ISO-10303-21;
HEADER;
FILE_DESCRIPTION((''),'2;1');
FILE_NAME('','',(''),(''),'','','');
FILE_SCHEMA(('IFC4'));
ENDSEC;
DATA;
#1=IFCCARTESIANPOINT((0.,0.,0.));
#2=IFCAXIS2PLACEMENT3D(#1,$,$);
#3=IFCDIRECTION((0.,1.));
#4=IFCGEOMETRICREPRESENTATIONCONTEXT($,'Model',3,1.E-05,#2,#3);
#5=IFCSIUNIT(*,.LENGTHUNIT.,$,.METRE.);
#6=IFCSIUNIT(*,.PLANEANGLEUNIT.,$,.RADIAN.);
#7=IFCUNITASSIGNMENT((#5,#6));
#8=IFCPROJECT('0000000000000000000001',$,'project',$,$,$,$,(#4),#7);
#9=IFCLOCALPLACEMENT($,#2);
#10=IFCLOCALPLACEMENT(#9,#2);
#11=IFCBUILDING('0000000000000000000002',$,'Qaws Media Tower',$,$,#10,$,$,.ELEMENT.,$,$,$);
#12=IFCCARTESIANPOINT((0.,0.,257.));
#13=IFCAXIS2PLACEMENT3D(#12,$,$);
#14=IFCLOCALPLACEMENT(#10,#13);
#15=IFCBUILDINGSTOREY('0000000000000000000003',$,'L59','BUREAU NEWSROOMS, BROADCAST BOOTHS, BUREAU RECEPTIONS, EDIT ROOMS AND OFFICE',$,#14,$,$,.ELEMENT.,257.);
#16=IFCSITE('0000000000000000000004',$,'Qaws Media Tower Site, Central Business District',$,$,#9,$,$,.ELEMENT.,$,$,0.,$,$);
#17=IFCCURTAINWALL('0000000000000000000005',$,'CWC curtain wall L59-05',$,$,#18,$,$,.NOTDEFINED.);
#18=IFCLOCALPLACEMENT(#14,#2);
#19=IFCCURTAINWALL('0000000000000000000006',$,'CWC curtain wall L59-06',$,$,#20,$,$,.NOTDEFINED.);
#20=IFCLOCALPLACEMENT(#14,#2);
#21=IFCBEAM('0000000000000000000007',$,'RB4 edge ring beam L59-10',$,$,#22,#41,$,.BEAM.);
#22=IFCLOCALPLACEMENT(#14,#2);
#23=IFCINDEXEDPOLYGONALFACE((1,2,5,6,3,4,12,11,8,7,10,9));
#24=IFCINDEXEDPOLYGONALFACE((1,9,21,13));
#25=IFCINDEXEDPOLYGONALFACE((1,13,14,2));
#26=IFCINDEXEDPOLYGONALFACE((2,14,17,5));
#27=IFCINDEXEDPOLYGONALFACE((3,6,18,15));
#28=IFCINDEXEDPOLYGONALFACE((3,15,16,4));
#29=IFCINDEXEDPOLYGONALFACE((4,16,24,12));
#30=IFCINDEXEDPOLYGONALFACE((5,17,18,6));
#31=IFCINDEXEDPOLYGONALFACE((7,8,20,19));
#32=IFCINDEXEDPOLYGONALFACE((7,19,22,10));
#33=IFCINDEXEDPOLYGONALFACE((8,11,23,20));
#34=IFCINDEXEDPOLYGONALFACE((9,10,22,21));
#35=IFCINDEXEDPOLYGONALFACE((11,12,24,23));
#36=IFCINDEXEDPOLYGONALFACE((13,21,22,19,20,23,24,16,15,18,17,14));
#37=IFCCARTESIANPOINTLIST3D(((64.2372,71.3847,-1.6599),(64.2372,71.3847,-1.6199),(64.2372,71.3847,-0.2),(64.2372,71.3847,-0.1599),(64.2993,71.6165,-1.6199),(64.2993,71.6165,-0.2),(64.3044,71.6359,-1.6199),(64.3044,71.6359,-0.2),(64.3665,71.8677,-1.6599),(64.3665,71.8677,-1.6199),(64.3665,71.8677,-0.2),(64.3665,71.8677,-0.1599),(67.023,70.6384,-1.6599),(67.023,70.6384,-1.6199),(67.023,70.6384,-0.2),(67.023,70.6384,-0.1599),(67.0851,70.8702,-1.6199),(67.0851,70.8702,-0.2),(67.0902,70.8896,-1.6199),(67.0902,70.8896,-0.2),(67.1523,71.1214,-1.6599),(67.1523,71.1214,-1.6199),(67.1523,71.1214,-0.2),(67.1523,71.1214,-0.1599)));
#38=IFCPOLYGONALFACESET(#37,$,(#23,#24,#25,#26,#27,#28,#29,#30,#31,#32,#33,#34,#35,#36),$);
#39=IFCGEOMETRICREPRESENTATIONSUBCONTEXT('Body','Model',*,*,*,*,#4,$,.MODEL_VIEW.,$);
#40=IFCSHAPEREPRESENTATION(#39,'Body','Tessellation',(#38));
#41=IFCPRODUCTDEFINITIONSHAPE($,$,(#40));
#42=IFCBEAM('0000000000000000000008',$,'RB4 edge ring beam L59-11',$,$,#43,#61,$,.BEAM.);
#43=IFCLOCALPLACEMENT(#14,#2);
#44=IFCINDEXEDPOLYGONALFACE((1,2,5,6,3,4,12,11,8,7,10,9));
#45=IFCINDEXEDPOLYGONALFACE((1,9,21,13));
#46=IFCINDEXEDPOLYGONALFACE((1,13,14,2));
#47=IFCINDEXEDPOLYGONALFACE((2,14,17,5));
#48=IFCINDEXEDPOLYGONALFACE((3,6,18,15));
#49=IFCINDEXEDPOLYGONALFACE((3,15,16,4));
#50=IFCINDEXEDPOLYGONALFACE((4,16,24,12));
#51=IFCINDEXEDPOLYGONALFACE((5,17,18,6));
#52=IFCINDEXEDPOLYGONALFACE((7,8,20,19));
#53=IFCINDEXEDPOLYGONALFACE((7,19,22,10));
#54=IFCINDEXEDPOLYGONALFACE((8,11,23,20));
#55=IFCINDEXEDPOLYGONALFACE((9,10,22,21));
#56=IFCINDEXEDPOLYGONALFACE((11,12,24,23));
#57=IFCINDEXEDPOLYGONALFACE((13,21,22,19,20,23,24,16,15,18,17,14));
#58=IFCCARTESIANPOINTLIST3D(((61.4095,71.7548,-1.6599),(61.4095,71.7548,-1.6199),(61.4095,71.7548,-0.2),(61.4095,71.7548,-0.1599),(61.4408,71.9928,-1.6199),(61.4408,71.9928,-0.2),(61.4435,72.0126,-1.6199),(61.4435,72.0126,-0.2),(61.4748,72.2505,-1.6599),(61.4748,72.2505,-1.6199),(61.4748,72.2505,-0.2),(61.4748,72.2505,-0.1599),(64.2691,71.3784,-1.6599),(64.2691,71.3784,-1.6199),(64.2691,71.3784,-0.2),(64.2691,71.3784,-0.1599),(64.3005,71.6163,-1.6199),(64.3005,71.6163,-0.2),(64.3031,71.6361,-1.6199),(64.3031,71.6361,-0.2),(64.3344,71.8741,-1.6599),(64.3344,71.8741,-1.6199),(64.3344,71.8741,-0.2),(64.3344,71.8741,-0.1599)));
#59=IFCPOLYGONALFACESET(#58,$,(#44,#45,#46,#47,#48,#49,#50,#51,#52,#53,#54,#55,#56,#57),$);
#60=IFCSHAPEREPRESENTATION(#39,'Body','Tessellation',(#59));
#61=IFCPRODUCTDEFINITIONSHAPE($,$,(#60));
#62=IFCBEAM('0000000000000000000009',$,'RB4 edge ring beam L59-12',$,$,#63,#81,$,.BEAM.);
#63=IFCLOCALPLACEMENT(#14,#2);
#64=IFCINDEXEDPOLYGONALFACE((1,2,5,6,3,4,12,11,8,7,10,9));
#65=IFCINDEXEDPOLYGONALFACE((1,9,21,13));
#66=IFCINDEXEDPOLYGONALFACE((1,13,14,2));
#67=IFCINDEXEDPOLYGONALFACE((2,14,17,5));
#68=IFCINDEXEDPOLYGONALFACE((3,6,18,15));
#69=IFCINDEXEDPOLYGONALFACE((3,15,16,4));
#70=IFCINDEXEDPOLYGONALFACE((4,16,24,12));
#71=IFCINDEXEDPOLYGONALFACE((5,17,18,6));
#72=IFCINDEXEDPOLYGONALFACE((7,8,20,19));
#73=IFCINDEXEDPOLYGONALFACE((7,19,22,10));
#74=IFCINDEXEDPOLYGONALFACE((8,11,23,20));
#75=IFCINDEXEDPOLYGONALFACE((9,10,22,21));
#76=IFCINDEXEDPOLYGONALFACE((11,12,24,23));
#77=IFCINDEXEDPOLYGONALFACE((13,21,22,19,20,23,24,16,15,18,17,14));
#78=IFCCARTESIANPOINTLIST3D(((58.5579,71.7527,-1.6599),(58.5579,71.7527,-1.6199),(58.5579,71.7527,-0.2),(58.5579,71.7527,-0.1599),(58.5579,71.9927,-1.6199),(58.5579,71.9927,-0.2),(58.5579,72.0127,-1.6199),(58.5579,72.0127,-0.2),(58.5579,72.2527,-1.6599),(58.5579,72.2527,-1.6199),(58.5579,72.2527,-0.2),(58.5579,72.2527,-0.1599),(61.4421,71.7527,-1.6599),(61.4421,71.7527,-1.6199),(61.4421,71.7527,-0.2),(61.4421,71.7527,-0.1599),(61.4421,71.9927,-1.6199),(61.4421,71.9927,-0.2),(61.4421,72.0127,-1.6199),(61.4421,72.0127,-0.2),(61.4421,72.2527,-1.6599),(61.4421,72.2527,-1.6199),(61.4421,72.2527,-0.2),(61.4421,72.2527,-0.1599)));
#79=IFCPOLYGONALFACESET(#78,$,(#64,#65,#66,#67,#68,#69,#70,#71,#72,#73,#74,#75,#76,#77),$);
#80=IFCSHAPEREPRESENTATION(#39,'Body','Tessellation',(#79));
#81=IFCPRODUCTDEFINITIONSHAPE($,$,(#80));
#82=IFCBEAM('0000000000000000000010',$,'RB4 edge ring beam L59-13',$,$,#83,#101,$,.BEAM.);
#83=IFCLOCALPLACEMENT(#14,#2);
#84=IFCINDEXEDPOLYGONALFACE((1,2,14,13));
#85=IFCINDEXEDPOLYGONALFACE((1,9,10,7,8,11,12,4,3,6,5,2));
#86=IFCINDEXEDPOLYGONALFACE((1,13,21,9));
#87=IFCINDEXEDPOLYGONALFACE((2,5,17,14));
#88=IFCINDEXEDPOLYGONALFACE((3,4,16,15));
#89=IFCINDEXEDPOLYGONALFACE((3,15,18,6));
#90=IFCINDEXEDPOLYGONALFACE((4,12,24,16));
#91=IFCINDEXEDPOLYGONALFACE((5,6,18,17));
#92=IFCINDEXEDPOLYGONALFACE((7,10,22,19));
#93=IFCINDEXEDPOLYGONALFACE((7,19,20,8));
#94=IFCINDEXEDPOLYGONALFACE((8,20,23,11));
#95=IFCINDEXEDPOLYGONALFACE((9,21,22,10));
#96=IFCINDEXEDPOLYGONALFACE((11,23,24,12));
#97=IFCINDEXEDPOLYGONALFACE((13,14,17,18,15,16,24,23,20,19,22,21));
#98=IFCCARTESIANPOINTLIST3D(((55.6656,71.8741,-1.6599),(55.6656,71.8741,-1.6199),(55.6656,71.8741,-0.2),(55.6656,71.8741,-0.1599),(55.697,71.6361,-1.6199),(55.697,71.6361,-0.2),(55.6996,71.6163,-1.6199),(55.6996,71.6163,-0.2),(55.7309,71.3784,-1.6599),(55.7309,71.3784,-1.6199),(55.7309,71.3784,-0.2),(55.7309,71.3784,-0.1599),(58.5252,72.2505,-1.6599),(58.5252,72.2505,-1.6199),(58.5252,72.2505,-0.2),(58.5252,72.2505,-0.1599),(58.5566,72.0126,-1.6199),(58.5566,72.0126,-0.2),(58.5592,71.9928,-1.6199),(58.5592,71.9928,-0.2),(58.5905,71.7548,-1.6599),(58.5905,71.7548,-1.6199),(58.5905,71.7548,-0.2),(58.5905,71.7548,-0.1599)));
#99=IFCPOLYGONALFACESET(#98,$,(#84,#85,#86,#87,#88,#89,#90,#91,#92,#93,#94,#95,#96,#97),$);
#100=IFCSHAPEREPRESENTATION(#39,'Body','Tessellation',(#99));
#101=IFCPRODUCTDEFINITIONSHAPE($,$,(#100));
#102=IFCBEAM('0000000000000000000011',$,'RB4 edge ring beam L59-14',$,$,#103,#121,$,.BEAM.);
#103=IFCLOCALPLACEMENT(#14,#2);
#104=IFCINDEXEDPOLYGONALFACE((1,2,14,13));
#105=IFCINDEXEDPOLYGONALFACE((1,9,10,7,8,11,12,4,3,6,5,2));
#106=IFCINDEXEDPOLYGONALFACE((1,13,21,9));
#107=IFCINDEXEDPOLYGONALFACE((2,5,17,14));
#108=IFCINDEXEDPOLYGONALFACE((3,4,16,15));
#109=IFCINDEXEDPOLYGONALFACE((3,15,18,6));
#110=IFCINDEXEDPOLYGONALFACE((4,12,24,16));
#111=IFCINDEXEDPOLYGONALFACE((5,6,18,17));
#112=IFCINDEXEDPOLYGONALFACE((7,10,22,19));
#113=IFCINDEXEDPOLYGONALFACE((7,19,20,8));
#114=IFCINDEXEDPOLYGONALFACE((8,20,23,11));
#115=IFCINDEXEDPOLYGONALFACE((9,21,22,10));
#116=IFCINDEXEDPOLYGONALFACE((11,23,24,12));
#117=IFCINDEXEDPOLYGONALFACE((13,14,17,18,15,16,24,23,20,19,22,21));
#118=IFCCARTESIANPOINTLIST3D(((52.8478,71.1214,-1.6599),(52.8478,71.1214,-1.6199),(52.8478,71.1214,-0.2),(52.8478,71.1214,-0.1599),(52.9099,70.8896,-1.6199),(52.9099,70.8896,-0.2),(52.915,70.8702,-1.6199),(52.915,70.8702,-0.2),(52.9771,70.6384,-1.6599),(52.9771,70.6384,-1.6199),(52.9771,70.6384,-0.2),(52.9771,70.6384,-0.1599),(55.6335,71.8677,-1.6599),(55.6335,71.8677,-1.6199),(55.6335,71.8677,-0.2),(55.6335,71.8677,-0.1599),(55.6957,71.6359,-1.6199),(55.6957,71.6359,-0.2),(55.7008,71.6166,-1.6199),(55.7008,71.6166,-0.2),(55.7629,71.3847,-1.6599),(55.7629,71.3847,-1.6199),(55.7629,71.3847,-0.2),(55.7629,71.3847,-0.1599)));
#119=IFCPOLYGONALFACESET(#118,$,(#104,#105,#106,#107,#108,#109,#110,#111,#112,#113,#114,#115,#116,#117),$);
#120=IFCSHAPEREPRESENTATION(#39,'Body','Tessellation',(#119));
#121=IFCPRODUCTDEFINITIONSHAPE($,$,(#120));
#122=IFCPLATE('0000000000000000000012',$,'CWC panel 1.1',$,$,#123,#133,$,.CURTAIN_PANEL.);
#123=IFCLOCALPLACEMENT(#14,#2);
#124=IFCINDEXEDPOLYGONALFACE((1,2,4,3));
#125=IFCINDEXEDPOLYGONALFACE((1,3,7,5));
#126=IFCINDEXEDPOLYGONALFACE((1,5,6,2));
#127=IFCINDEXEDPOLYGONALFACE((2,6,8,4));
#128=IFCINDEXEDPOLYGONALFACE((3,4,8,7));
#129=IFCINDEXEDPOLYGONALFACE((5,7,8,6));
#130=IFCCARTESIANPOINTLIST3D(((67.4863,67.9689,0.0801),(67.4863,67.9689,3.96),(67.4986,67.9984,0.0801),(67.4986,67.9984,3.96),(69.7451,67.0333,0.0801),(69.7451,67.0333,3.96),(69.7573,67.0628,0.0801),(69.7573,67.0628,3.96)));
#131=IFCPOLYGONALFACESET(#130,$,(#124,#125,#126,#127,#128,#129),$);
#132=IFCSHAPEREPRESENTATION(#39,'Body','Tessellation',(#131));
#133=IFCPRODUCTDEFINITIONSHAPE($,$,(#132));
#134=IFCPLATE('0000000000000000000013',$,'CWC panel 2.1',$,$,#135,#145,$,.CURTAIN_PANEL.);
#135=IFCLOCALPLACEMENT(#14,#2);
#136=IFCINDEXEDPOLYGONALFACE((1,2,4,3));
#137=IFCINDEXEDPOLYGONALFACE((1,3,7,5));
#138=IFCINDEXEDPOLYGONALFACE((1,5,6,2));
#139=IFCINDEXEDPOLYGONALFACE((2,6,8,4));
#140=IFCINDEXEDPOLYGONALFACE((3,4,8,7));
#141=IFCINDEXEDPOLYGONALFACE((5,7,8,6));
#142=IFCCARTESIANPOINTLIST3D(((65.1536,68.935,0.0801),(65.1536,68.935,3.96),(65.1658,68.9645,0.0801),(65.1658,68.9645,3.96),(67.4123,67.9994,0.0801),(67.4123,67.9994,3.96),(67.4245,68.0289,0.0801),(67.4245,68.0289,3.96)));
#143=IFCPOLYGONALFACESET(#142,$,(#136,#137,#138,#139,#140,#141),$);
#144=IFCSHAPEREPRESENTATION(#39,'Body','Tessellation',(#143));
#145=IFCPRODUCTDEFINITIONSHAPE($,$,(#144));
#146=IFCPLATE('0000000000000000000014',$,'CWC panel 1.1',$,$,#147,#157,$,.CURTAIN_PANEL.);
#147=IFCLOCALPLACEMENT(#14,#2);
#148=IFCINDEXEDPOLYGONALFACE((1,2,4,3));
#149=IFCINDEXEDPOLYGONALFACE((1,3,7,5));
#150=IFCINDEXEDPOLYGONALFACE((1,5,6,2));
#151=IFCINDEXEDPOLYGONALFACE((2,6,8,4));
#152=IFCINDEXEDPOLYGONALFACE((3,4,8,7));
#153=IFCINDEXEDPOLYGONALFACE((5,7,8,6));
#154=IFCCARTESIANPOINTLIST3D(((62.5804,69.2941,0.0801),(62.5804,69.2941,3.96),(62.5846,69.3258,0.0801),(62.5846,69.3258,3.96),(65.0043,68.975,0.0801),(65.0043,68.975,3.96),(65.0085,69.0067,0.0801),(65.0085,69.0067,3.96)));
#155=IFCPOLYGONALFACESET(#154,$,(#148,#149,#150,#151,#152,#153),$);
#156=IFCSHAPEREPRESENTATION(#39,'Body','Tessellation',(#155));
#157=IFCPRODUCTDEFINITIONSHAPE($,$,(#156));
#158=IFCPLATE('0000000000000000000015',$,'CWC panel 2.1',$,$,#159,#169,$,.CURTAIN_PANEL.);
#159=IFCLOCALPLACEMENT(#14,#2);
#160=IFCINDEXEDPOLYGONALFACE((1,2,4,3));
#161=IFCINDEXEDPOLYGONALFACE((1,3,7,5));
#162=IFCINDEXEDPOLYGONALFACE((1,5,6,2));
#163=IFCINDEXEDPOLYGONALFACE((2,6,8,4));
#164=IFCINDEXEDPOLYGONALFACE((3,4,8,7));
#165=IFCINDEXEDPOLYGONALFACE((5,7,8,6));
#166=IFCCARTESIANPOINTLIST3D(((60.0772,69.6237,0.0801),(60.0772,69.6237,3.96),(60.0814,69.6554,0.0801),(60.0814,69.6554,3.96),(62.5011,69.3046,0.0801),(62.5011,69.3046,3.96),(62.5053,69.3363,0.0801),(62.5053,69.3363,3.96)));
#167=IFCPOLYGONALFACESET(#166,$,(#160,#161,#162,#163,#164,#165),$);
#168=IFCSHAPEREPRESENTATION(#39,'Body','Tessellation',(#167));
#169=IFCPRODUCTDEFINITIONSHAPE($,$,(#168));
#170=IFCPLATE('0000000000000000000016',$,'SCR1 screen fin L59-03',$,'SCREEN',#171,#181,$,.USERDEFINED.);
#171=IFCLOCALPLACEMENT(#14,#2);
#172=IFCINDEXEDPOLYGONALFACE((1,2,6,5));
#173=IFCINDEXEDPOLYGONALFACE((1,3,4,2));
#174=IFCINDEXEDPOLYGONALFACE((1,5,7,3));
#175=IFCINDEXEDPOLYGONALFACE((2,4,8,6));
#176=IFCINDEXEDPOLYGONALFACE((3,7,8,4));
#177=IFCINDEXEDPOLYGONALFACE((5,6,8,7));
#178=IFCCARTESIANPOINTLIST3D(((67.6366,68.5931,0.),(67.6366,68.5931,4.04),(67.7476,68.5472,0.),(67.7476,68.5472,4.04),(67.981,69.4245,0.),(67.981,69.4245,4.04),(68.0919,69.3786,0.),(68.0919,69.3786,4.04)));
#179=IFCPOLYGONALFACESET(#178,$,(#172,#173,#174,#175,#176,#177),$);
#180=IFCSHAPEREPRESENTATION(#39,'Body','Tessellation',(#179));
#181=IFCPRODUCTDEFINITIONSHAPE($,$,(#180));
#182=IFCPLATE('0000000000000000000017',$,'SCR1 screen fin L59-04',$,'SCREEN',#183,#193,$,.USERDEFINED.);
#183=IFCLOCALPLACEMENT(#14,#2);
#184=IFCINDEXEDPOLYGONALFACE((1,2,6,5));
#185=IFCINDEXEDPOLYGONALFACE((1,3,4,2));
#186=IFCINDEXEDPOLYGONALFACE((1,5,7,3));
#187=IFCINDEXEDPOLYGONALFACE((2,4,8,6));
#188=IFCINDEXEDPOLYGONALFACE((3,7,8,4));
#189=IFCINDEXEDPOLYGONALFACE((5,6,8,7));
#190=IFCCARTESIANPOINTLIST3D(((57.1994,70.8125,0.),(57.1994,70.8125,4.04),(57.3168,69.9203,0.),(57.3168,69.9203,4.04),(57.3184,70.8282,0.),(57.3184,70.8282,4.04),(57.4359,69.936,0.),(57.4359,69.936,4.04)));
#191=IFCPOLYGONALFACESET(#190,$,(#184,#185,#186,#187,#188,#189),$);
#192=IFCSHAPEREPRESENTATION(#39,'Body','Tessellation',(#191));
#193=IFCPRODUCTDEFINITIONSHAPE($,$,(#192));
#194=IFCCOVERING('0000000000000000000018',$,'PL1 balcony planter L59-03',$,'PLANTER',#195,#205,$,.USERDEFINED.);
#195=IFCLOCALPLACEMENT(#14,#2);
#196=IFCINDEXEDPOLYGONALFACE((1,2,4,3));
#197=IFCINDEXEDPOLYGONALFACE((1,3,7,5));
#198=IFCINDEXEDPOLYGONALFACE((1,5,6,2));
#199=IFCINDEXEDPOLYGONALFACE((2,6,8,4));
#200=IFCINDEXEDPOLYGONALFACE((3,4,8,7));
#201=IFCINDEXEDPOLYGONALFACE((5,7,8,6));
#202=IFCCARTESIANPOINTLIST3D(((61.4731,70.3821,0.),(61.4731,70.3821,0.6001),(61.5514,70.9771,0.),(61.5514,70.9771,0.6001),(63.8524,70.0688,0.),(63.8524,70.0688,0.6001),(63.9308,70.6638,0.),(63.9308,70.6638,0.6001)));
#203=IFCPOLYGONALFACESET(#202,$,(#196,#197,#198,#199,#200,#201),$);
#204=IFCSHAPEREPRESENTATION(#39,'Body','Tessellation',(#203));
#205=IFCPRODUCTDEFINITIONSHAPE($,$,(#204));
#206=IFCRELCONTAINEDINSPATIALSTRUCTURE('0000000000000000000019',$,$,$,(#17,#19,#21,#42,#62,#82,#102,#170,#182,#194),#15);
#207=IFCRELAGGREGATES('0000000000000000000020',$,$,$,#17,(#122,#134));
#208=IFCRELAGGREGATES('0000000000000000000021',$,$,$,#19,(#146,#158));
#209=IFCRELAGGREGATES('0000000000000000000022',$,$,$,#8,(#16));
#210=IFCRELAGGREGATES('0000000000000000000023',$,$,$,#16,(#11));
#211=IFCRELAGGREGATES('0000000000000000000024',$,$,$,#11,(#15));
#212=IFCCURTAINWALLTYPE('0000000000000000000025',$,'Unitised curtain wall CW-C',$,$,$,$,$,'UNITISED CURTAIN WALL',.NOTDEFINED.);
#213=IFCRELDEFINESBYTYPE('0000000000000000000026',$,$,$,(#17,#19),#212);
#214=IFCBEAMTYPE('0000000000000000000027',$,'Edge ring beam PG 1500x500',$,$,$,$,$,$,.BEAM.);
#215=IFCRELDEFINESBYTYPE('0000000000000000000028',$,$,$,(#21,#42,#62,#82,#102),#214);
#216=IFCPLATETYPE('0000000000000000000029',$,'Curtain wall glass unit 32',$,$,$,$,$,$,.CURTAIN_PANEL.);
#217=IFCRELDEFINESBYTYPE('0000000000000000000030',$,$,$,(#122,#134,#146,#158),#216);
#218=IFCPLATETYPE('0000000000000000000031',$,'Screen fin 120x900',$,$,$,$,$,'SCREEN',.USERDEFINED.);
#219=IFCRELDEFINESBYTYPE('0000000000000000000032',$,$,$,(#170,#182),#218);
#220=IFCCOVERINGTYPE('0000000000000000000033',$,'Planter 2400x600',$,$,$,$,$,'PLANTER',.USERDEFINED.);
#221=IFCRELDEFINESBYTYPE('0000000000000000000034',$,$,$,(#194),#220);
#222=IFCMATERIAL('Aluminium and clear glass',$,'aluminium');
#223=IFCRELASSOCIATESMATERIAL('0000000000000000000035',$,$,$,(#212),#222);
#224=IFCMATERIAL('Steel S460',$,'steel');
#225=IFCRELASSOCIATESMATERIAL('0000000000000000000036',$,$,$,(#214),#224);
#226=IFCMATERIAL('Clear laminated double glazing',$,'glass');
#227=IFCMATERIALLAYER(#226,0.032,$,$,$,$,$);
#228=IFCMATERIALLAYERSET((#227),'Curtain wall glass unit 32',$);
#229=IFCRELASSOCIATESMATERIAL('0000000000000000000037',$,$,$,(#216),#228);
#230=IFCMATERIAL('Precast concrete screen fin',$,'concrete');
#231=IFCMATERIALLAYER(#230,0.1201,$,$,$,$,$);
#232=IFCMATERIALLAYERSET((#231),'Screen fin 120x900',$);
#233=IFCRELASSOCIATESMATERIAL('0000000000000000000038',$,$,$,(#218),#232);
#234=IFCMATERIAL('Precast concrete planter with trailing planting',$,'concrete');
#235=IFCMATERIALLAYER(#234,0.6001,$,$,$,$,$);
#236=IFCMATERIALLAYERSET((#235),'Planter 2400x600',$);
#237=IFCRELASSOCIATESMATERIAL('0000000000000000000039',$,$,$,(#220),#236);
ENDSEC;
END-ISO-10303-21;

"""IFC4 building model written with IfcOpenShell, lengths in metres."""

from ifc_helpers import new_model, si_unit, direction, frame, origin, origin_2d, place, context, subcontext, project, spatial, rectangle, i_section, extrude, material, layer, layer_set, material_profile, profile_set, type_object, element, aggregate, save


model = new_model("IFC4")

# Units and contexts
model_context = context("Model", 3, precision=1e-05, world=origin(), true_north=direction((0.0, 1.0)))
body_context = subcontext(model_context, "Body", "Model", "MODEL_VIEW")
ifc_project = project(units=[si_unit("LENGTHUNIT", "METRE"), si_unit("PLANEANGLEUNIT", "RADIAN")], contexts=[model_context])

# Site, building, storey
site_placement = place(None, origin())
site = spatial("IfcSite", under=ifc_project, at=site_placement, Name="Qaws Media Tower Site, Central Business District", CompositionType="ELEMENT", RefElevation=0.0)
building_placement = place(site_placement, origin())
building = spatial("IfcBuilding", under=site, at=building_placement, Name="Qaws Media Tower", CompositionType="ELEMENT")
storey_placement = place(building_placement, frame((0.0, 0.0, 257.0)))
storey = spatial("IfcBuildingStorey", under=building, at=storey_placement, Name="L59", Description="BUREAU NEWSROOMS, BROADCAST BOOTHS, BUREAU RECEPTIONS, EDIT ROOMS AND OFFICE", CompositionType="ELEMENT", Elevation=257.0)

# Curtain walls
ifc_material_1 = material(Name="Aluminium and clear glass", Category="aluminium")
curtain_wall_type = type_object("IfcCurtainWallType", Name="Unitised curtain wall CW-C", ElementType="UNITISED CURTAIN WALL", PredefinedType="NOTDEFINED", material=ifc_material_1)
curtain_wall_1_placement = place(storey_placement, origin())
curtain_wall_1 = element("IfcCurtainWall", 1, at=curtain_wall_1_placement, inside=storey, type_object=curtain_wall_type, Name="CWC curtain wall L59-05", PredefinedType="NOTDEFINED")
curtain_wall_2_placement = place(storey_placement, origin())
curtain_wall_2 = element("IfcCurtainWall", 2, at=curtain_wall_2_placement, inside=storey, type_object=curtain_wall_type, Name="CWC curtain wall L59-06", PredefinedType="NOTDEFINED")

# Beams
ifc_material_2 = material(Name="Steel S460", Category="steel")
ifc_material_profile_1 = material_profile(ifc_material_2, i_section(OverallWidth=0.5, OverallDepth=1.5, WebThickness=0.02, FlangeThickness=0.04, at=origin_2d()), Name="PG 1500x500")
ifc_profile_set_1 = profile_set([ifc_material_profile_1], Name="Steel S460")
beam_type = type_object("IfcBeamType", Name="Edge ring beam PG 1500x500", PredefinedType="BEAM", material=ifc_profile_set_1)
beam_1_placement = place(storey_placement, frame((67.0876, 70.8799, -0.9099), z_axis=(-0.965938, 0.258774, 0.0), x_axis=(-0.258774, -0.965938, 0.0)))
element("IfcBeam", 3, at=beam_1_placement, inside=storey, type_object=beam_type, Name="RB4 edge ring beam L59-10", PredefinedType="BEAM", context=body_context, shape_type="SweptSolid", body=[
    extrude(i_section(OverallWidth=0.5, OverallDepth=1.5, WebThickness=0.02, FlangeThickness=0.04, at=origin_2d()), origin(), (0.0, 0.0, 1.0), 2.884),
])
for number, where, z_axis, x_axis, name in (
    (4, (64.3018, 71.6262, -0.9099), (-0.991445, 0.130522, 0.0), (-0.130522, -0.991445, 0.0), "RB4 edge ring beam L59-11"),
    (5, (61.4421, 72.0027, -0.9099), (-1.0, 0.0, 0.0), (0.0, -1.0, 0.0), "RB4 edge ring beam L59-12"),
    (6, (58.5579, 72.0027, -0.9099), (-0.991445, -0.130522, 0.0), (0.130522, -0.991445, 0.0), "RB4 edge ring beam L59-13"),
):
    element("IfcBeam", number, at=place(storey_placement, frame(where, z_axis=z_axis, x_axis=x_axis)), inside=storey, type_object=beam_type, Name=name, PredefinedType="BEAM", context=body_context, shape_type="SweptSolid", body=[
        extrude(i_section(OverallWidth=0.5, OverallDepth=1.5, WebThickness=0.02, FlangeThickness=0.04, at=origin_2d()), origin(), (0.0, 0.0, 1.0), 2.8843),
    ])
beam_2_placement = place(storey_placement, frame((55.6982, 71.6262, -0.9099), z_axis=(-0.965938, -0.258774, 0.0), x_axis=(0.258774, -0.965938, 0.0)))
element("IfcBeam", 7, at=beam_2_placement, inside=storey, type_object=beam_type, Name="RB4 edge ring beam L59-14", PredefinedType="BEAM", context=body_context, shape_type="SweptSolid", body=[
    extrude(i_section(OverallWidth=0.5, OverallDepth=1.5, WebThickness=0.02, FlangeThickness=0.04, at=origin_2d()), origin(), (0.0, 0.0, 1.0), 2.884),
])

# Plates
ifc_material_3 = material(Name="Clear laminated double glazing", Category="glass")
ifc_layer_1 = layer(ifc_material_3, 0.032)
ifc_layer_set_1 = layer_set([ifc_layer_1], Name="Curtain wall glass unit 32")
plate_type_1 = type_object("IfcPlateType", Name="Curtain wall glass unit 32", PredefinedType="CURTAIN_PANEL", material=ifc_layer_set_1)
plate_1_placement = place(storey_placement, frame((68.6218, 67.5159, 0.0801), z_axis=(0.0, 0.0, 1.0), x_axis=(-0.92388, 0.382683, 0.0)))
plate_1 = element("IfcPlate", 8, at=plate_1_placement, type_object=plate_type_1, Name="CWC panel 1.1", PredefinedType="CURTAIN_PANEL", context=body_context, shape_type="SweptSolid", body=[
    extrude(rectangle(XDim=2.4448, YDim=0.032, at=origin_2d()), origin(), (0.0, 0.0, 1.0), 3.8799),
])
plate_2_placement = place(storey_placement, frame((66.2891, 68.4819, 0.0801), z_axis=(0.0, 0.0, 1.0), x_axis=(-0.92388, 0.382683, 0.0)))
plate_2 = element("IfcPlate", 9, at=plate_2_placement, type_object=plate_type_1, Name="CWC panel 2.1", PredefinedType="CURTAIN_PANEL", context=body_context, shape_type="SweptSolid", body=[
    extrude(rectangle(XDim=2.4448, YDim=0.032, at=origin_2d()), origin(), (0.0, 0.0, 1.0), 3.8799),
])
aggregate(curtain_wall_1, [plate_1, plate_2])
plate_3_placement = place(storey_placement, frame((63.7944, 69.1504, 0.0801), z_axis=(0.0, 0.0, 1.0), x_axis=(-0.991445, 0.130526, 0.0)))
plate_3 = element("IfcPlate", 10, at=plate_3_placement, type_object=plate_type_1, Name="CWC panel 1.1", PredefinedType="CURTAIN_PANEL", context=body_context, shape_type="SweptSolid", body=[
    extrude(rectangle(XDim=2.4448, YDim=0.032, at=origin_2d()), origin(), (0.0, 0.0, 1.0), 3.8799),
])
plate_4_placement = place(storey_placement, frame((61.2913, 69.48, 0.0801), z_axis=(0.0, 0.0, 1.0), x_axis=(-0.991445, 0.130526, 0.0)))
plate_4 = element("IfcPlate", 11, at=plate_4_placement, type_object=plate_type_1, Name="CWC panel 2.1", PredefinedType="CURTAIN_PANEL", context=body_context, shape_type="SweptSolid", body=[
    extrude(rectangle(XDim=2.4448, YDim=0.032, at=origin_2d()), origin(), (0.0, 0.0, 1.0), 3.8799),
])
aggregate(curtain_wall_2, [plate_3, plate_4])

# Plates
ifc_material_4 = material(Name="Precast concrete screen fin", Category="concrete")
ifc_layer_2 = layer(ifc_material_4, 0.1201)
ifc_layer_set_2 = layer_set([ifc_layer_2], Name="Screen fin 120x900")
plate_type_2 = type_object("IfcPlateType", Name="Screen fin 120x900", ElementType="SCREEN", PredefinedType="USERDEFINED", material=ifc_layer_set_2)
for number, where, z_axis, x_axis, name in (
    (12, (67.8643, 68.9858, 0.0), (0.0, 0.0, 1.0), (0.382683, 0.92388, 0.0), "SCR1 screen fin L59-03"),
    (13, (57.3176, 70.3743, 0.0), (0.0, 0.0, 1.0), (-0.130526, 0.991445, 0.0), "SCR1 screen fin L59-04"),
):
    element("IfcPlate", number, at=place(storey_placement, frame(where, z_axis=z_axis, x_axis=x_axis)), inside=storey, type_object=plate_type_2, Name=name, ObjectType="SCREEN", PredefinedType="USERDEFINED", context=body_context, shape_type="SweptSolid", body=[
        extrude(rectangle(XDim=0.8999, YDim=0.1201, at=origin_2d()), origin(), (0.0, 0.0, 1.0), 4.04),
    ])

# Covering
ifc_material_5 = material(Name="Precast concrete planter with trailing planting", Category="concrete")
ifc_layer_3 = layer(ifc_material_5, 0.6001)
ifc_layer_set_3 = layer_set([ifc_layer_3], Name="Planter 2400x600")
covering_type = type_object("IfcCoveringType", Name="Planter 2400x600", ElementType="PLANTER", PredefinedType="USERDEFINED", material=ifc_layer_set_3)
covering_placement = place(storey_placement, frame((62.7019, 70.5229, 0.0), z_axis=(0.0, 0.0, 1.0), x_axis=(-0.991445, 0.130526, 0.0)))
element("IfcCovering", 14, at=covering_placement, inside=storey, type_object=covering_type, Name="PL1 balcony planter L59-03", ObjectType="PLANTER", PredefinedType="USERDEFINED", context=body_context, shape_type="SweptSolid", body=[
    extrude(rectangle(XDim=2.3999, YDim=0.6001, at=origin_2d()), origin(), (0.0, 0.0, 1.0), 0.6001),
])

save(model, "model.ifc")
